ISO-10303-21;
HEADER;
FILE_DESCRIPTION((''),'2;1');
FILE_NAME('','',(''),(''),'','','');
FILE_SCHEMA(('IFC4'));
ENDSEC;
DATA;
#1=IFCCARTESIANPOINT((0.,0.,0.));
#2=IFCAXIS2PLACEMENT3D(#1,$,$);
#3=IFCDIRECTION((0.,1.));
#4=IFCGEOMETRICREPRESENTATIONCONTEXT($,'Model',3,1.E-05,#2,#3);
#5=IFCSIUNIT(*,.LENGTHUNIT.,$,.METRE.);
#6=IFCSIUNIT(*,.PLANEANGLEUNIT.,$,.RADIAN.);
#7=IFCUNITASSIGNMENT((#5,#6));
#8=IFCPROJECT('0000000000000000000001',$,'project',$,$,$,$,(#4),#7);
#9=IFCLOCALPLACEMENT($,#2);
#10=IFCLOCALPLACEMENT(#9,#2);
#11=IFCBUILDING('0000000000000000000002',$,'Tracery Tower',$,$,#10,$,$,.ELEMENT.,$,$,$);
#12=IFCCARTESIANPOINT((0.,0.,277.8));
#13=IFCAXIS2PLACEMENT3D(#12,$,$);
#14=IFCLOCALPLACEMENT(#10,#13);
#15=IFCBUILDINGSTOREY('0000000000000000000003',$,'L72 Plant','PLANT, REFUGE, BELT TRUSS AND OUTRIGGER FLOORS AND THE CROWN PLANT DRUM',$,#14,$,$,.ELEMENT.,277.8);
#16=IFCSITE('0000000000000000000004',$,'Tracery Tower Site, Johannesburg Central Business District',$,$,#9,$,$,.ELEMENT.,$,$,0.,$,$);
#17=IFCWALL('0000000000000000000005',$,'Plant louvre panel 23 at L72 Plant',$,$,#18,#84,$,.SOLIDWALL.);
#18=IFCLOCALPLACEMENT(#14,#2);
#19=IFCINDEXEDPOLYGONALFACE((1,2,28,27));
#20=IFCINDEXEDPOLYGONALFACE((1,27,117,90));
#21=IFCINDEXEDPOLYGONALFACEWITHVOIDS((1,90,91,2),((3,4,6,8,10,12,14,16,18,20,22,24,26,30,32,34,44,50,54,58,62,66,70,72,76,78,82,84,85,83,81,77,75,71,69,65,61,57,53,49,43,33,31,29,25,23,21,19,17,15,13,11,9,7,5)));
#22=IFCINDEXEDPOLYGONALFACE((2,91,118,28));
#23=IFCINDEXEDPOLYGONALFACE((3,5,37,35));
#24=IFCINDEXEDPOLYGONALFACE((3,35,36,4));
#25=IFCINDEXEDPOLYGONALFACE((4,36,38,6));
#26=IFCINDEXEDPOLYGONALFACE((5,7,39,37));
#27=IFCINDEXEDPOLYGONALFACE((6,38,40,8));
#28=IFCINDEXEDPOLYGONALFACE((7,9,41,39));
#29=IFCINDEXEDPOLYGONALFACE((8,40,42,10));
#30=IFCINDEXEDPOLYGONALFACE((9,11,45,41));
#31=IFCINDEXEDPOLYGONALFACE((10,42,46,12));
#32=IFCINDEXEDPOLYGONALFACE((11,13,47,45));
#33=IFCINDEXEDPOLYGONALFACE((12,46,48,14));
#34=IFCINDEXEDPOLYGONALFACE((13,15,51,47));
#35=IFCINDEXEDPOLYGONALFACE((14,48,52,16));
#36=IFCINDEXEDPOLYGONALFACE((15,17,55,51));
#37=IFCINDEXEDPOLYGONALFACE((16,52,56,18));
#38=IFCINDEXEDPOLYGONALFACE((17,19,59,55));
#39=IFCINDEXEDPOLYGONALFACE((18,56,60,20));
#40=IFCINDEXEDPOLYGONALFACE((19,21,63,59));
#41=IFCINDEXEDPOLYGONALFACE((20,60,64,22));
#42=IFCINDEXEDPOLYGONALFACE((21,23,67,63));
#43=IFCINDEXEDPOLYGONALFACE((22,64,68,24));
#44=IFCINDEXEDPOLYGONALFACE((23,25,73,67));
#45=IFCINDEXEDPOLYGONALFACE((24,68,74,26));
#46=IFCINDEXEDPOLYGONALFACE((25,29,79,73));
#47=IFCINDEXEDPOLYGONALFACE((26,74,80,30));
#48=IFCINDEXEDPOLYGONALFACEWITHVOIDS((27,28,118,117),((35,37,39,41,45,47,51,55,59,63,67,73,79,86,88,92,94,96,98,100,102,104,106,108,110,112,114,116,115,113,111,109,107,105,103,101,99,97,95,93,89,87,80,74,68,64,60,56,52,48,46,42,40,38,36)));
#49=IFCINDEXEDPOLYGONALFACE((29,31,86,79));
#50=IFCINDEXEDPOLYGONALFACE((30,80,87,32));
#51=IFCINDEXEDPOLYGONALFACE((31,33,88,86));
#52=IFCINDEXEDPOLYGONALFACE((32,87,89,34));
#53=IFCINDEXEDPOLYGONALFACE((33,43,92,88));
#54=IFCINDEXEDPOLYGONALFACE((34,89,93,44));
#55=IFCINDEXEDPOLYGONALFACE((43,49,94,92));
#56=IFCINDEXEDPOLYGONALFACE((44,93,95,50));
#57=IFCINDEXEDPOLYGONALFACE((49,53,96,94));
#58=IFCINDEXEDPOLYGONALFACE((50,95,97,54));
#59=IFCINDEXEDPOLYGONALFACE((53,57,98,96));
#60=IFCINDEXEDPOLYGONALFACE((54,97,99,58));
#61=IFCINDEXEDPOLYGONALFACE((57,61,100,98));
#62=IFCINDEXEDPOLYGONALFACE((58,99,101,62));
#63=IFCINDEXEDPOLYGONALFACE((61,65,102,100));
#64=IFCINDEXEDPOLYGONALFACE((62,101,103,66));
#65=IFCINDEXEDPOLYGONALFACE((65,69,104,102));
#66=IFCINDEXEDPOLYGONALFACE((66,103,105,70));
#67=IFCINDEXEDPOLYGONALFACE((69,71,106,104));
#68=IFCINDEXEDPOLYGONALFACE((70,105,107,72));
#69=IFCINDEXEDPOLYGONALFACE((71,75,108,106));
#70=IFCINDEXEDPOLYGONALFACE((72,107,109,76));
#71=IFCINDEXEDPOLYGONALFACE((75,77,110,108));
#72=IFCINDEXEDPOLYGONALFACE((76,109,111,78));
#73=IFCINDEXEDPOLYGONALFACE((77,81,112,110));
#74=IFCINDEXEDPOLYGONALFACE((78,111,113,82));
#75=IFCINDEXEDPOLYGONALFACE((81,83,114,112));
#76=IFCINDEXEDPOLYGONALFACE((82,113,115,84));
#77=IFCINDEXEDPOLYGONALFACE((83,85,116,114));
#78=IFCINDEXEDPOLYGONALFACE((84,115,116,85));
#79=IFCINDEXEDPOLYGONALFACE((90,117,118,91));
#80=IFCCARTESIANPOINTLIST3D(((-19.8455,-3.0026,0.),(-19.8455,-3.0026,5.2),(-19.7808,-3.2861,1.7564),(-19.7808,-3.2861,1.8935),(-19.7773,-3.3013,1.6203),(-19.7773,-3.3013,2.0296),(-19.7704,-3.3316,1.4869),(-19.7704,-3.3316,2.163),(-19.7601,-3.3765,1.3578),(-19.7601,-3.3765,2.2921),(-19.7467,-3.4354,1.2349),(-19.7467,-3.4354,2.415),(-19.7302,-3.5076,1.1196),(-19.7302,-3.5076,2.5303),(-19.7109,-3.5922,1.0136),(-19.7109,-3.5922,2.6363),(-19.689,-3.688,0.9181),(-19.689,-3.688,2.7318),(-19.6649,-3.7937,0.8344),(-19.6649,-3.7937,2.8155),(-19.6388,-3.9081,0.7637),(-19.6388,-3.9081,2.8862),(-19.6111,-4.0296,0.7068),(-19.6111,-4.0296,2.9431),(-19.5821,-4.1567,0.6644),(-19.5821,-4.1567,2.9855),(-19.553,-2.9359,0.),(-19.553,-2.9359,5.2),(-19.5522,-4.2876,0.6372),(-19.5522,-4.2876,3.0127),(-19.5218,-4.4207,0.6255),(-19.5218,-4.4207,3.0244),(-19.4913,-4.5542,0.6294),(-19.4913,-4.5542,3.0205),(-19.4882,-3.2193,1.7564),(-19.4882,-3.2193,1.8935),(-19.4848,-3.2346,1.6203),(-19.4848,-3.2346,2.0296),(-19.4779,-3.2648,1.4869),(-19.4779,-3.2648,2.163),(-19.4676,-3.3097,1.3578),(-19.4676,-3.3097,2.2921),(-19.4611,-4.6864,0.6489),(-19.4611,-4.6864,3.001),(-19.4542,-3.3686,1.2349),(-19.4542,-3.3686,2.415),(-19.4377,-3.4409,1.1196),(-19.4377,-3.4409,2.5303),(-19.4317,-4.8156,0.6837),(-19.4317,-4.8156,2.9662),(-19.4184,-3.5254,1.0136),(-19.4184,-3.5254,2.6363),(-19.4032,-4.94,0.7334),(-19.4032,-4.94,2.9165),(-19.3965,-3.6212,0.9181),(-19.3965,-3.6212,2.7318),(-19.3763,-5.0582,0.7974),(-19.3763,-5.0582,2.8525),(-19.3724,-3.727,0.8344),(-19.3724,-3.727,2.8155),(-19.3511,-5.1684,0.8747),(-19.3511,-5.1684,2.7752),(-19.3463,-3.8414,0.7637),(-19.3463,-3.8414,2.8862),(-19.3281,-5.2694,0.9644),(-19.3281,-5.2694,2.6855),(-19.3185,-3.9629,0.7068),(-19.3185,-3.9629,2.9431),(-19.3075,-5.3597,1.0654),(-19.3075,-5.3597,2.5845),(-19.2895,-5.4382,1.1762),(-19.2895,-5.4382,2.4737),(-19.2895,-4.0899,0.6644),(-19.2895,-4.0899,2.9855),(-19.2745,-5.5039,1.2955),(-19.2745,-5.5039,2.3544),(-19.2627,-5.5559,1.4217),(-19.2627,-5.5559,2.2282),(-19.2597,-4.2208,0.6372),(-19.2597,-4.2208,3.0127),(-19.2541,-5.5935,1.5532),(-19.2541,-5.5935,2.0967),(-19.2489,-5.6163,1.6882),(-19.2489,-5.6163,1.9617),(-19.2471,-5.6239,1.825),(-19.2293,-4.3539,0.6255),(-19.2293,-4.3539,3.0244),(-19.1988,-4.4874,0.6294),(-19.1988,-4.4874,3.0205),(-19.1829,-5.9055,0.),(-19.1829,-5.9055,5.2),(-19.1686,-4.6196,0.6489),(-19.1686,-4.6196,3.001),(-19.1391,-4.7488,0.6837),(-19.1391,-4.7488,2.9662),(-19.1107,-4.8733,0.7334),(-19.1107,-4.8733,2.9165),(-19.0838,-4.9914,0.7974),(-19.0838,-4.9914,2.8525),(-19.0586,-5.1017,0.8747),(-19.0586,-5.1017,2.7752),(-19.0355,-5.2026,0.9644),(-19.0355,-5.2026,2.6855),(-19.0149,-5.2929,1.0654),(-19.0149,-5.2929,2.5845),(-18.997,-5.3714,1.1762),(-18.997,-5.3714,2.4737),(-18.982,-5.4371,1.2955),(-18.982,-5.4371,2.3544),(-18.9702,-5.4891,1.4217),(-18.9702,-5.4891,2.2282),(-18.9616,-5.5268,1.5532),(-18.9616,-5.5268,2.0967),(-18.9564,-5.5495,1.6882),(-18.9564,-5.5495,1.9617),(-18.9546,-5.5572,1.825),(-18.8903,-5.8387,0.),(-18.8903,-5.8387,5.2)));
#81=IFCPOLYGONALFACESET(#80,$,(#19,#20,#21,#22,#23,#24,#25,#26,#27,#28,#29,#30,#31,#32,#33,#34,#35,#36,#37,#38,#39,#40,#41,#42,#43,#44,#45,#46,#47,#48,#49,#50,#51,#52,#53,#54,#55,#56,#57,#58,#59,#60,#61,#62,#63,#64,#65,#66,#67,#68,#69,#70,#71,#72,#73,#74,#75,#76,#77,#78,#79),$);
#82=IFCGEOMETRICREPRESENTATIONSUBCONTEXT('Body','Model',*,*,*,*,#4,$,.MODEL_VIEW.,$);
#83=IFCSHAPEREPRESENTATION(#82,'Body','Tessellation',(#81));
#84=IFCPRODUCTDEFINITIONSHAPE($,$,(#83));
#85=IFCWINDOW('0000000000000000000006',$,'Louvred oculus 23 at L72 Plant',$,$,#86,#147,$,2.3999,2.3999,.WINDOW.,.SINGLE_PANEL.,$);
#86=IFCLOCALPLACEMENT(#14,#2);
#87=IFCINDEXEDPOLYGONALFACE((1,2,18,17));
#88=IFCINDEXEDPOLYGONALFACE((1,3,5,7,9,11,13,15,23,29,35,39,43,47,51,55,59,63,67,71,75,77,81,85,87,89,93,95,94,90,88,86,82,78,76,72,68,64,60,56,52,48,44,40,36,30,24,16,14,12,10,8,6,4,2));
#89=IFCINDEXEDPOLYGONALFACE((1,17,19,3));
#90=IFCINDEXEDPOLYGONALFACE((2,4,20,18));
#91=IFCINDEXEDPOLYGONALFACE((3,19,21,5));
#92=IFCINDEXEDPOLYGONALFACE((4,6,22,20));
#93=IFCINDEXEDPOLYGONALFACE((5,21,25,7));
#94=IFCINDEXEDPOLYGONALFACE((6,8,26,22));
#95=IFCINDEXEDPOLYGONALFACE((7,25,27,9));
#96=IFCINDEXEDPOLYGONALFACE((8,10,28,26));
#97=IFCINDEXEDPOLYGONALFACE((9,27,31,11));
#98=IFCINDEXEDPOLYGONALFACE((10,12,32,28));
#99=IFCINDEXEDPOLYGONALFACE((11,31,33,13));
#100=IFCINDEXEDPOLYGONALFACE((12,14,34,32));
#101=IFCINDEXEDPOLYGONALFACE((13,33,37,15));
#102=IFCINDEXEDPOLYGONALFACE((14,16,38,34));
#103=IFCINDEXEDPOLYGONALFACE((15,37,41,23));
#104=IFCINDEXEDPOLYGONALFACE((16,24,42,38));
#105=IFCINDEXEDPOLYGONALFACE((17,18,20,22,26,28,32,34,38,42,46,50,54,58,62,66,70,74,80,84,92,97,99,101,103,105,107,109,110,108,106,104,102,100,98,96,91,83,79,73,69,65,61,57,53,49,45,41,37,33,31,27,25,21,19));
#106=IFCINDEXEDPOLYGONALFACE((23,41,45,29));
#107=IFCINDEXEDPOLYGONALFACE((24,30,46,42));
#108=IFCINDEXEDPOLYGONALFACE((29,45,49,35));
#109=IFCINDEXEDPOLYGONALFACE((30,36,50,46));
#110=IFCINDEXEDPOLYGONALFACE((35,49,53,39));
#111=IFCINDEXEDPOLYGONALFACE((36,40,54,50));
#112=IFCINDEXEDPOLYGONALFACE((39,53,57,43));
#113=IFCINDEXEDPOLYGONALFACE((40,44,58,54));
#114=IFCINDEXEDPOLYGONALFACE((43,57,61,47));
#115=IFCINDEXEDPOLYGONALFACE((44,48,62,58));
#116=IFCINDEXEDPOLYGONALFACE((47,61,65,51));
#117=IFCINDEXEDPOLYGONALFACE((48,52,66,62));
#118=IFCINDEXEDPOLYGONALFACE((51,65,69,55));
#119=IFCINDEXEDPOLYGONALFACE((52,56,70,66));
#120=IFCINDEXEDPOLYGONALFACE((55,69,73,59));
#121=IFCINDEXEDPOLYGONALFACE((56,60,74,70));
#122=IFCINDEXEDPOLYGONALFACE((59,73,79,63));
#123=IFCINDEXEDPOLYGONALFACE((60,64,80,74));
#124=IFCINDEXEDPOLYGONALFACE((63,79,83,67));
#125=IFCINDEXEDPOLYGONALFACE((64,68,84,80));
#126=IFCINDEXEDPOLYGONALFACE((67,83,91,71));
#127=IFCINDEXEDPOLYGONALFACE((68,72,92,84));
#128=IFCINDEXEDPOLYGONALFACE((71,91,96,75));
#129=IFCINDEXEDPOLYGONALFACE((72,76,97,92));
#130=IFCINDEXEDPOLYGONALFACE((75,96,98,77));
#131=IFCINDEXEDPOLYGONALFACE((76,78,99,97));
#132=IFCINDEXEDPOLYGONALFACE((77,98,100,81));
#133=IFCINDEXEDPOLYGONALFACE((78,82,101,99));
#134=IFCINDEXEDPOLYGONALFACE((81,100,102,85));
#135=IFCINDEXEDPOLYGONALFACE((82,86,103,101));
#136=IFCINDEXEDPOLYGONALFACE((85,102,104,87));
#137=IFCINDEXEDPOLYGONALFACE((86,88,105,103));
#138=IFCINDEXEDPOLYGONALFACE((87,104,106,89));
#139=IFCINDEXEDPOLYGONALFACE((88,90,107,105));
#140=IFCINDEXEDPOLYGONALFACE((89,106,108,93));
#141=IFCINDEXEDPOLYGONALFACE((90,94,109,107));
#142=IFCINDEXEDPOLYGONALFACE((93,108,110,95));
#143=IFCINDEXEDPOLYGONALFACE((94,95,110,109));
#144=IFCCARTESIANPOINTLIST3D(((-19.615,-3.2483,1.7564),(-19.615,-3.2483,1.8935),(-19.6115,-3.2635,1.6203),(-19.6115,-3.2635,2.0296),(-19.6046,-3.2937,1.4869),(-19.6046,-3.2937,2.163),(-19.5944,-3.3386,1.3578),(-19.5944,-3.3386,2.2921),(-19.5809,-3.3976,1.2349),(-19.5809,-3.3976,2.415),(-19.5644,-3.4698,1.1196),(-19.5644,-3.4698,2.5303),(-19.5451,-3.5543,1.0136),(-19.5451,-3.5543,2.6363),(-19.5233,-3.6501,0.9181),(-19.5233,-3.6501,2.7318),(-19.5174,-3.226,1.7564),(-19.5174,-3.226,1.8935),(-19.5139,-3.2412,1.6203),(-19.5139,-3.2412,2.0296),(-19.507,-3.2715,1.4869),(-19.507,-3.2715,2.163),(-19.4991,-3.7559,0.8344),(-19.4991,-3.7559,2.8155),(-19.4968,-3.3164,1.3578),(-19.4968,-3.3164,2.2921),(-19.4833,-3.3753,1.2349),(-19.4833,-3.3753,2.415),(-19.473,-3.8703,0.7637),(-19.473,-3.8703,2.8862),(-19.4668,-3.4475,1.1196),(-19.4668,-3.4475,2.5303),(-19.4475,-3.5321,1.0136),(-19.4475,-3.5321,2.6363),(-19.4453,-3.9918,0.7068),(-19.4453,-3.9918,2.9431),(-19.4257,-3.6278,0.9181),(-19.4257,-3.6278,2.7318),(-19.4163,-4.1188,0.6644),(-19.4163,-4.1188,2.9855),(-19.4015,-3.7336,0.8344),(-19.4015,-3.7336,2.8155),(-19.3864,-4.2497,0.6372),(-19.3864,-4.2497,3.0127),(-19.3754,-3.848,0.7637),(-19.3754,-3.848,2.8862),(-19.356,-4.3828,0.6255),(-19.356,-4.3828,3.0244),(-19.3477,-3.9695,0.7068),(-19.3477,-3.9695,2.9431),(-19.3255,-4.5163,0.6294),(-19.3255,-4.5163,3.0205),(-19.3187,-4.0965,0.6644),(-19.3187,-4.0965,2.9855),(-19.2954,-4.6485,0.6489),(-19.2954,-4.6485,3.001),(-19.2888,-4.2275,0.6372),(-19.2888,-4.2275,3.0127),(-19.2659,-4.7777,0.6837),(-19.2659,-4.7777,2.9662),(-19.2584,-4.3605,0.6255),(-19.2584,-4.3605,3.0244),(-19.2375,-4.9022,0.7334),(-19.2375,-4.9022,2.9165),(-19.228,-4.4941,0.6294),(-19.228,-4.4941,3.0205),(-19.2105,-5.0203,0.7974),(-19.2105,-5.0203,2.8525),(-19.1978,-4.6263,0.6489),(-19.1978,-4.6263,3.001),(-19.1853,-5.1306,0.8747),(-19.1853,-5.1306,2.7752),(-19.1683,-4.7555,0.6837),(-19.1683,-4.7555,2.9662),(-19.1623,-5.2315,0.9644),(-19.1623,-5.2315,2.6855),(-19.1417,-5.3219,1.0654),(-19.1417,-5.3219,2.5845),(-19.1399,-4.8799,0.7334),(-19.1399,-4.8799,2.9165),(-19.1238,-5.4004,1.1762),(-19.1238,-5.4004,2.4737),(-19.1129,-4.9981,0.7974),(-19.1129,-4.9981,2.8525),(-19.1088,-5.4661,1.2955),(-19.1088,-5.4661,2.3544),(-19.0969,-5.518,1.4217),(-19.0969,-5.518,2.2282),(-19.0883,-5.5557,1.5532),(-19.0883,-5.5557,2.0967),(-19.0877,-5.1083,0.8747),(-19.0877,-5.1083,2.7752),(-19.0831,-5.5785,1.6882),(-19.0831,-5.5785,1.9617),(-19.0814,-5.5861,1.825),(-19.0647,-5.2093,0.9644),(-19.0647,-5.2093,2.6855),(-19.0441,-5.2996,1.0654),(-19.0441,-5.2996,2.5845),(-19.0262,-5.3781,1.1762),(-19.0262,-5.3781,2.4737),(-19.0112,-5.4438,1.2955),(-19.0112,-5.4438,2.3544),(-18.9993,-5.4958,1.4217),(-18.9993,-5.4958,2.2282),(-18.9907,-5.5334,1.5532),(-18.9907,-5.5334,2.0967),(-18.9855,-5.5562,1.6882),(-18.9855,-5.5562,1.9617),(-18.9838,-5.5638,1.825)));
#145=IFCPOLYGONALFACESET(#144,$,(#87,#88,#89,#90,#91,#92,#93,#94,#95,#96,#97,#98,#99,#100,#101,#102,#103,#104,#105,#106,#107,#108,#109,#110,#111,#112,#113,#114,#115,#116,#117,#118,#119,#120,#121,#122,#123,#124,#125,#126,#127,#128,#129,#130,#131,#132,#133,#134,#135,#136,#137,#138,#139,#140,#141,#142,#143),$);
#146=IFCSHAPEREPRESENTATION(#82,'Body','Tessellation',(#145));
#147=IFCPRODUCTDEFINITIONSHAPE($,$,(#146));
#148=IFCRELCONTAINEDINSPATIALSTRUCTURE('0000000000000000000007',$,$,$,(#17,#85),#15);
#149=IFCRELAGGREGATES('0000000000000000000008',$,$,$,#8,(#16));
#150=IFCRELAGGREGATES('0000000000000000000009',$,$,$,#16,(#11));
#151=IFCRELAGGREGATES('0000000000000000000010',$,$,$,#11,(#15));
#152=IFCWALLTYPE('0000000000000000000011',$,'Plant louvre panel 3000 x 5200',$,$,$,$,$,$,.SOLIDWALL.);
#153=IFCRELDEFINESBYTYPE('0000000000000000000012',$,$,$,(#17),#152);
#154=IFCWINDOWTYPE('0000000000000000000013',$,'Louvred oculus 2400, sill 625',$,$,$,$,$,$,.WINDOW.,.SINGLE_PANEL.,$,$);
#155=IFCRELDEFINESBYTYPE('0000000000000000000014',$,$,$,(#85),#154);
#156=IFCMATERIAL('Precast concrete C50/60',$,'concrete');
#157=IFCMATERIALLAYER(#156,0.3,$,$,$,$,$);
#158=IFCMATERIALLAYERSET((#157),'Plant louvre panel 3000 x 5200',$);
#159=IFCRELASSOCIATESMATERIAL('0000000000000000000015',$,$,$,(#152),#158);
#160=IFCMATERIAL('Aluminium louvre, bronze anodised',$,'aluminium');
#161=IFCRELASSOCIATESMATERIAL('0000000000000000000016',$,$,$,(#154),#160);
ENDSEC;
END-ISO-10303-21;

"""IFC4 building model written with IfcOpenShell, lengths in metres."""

from ifc_helpers import new_model, si_unit, direction, frame, frame_2d, origin, origin_2d, place, context, subcontext, project, spatial, rectangle, circle, extrude, material, layer, layer_set, type_object, element, fill, save


model = new_model("IFC4")

# Units and contexts
model_context = context("Model", 3, precision=1e-05, world=origin(), true_north=direction((0.0, 1.0)))
body_context = subcontext(model_context, "Body", "Model", "MODEL_VIEW")
ifc_project = project(units=[si_unit("LENGTHUNIT", "METRE"), si_unit("PLANEANGLEUNIT", "RADIAN")], contexts=[model_context])

# Site, building, storey
site_placement = place(None, origin())
site = spatial("IfcSite", under=ifc_project, at=site_placement, Name="Tracery Tower Site, Johannesburg Central Business District", CompositionType="ELEMENT", RefElevation=0.0)
building_placement = place(site_placement, origin())
building = spatial("IfcBuilding", under=site, at=building_placement, Name="Tracery Tower", CompositionType="ELEMENT")
storey_placement = place(building_placement, frame((0.0, 0.0, 277.8)))
storey = spatial("IfcBuildingStorey", under=building, at=storey_placement, Name="L72 Plant", Description="PLANT, REFUGE, BELT TRUSS AND OUTRIGGER FLOORS AND THE CROWN PLANT DRUM", CompositionType="ELEMENT", Elevation=277.8)

# Wall, opening, window
ifc_material_1 = material(Name="Precast concrete C50/60", Category="concrete")
ifc_layer_1 = layer(ifc_material_1, 0.3)
ifc_layer_set_1 = layer_set([ifc_layer_1], Name="Plant louvre panel 3000 x 5200")
wall_type_1 = type_object("IfcWallType", Name="Plant louvre panel 3000 x 5200", PredefinedType="SOLIDWALL", material=ifc_layer_set_1)
wall_1_placement = place(storey_placement, frame((-19.6992, -2.9692, 0.0), z_axis=(0.0, 0.0, 1.0), x_axis=(0.222535, -0.974925, 0.0)))
wall_1 = element("IfcWall", 1, at=wall_1_placement, inside=storey, type_object=wall_type_1, Name="Plant louvre panel 23 at L72 Plant", PredefinedType="SOLIDWALL", context=body_context, shape_type="SweptSolid", body=[
    extrude(rectangle(XDim=2.9775, YDim=0.3, at=frame_2d((1.4888, 0.0))), origin(), (0.0, 0.0, 1.0), 5.2),
])
opening_1_placement = place(wall_1_placement, frame((1.4888, 0.0, 1.825)))
opening_1 = element("IfcOpeningElement", 2, at=opening_1_placement, cuts=wall_1, PredefinedType="OPENING", context=body_context, shape_type="SweptSolid", body=[
    extrude(circle(Radius=1.2, at=origin_2d()), frame((0.0, 0.1599, 0.0), z_axis=(0.0, -1.0, 0.0), x_axis=(1.0, 0.0, 0.0)), (0.0, 0.0, 1.0), 0.3201),
])
ifc_material_2 = material(Name="Aluminium louvre, bronze anodised", Category="aluminium")
window_type = type_object("IfcWindowType", Name="Louvred oculus 2400, sill 625", PartitioningType="SINGLE_PANEL", PredefinedType="WINDOW", material=ifc_material_2)
window_1_placement = place(opening_1_placement, origin())
window_1 = element("IfcWindow", 3, at=window_1_placement, inside=storey, type_object=window_type, Name="Louvred oculus 23 at L72 Plant", OverallHeight=2.3999, OverallWidth=2.3999, PartitioningType="SINGLE_PANEL", PredefinedType="WINDOW", context=body_context, shape_type="SweptSolid", body=[
    extrude(circle(Radius=1.2, at=origin_2d()), frame((0.0, 0.1201, 0.0), z_axis=(0.0, -1.0, 0.0), x_axis=(1.0, 0.0, 0.0)), (0.0, 0.0, 1.0), 0.1001),
])
fill(opening_1, window_1)

save(model, "model.ifc")
